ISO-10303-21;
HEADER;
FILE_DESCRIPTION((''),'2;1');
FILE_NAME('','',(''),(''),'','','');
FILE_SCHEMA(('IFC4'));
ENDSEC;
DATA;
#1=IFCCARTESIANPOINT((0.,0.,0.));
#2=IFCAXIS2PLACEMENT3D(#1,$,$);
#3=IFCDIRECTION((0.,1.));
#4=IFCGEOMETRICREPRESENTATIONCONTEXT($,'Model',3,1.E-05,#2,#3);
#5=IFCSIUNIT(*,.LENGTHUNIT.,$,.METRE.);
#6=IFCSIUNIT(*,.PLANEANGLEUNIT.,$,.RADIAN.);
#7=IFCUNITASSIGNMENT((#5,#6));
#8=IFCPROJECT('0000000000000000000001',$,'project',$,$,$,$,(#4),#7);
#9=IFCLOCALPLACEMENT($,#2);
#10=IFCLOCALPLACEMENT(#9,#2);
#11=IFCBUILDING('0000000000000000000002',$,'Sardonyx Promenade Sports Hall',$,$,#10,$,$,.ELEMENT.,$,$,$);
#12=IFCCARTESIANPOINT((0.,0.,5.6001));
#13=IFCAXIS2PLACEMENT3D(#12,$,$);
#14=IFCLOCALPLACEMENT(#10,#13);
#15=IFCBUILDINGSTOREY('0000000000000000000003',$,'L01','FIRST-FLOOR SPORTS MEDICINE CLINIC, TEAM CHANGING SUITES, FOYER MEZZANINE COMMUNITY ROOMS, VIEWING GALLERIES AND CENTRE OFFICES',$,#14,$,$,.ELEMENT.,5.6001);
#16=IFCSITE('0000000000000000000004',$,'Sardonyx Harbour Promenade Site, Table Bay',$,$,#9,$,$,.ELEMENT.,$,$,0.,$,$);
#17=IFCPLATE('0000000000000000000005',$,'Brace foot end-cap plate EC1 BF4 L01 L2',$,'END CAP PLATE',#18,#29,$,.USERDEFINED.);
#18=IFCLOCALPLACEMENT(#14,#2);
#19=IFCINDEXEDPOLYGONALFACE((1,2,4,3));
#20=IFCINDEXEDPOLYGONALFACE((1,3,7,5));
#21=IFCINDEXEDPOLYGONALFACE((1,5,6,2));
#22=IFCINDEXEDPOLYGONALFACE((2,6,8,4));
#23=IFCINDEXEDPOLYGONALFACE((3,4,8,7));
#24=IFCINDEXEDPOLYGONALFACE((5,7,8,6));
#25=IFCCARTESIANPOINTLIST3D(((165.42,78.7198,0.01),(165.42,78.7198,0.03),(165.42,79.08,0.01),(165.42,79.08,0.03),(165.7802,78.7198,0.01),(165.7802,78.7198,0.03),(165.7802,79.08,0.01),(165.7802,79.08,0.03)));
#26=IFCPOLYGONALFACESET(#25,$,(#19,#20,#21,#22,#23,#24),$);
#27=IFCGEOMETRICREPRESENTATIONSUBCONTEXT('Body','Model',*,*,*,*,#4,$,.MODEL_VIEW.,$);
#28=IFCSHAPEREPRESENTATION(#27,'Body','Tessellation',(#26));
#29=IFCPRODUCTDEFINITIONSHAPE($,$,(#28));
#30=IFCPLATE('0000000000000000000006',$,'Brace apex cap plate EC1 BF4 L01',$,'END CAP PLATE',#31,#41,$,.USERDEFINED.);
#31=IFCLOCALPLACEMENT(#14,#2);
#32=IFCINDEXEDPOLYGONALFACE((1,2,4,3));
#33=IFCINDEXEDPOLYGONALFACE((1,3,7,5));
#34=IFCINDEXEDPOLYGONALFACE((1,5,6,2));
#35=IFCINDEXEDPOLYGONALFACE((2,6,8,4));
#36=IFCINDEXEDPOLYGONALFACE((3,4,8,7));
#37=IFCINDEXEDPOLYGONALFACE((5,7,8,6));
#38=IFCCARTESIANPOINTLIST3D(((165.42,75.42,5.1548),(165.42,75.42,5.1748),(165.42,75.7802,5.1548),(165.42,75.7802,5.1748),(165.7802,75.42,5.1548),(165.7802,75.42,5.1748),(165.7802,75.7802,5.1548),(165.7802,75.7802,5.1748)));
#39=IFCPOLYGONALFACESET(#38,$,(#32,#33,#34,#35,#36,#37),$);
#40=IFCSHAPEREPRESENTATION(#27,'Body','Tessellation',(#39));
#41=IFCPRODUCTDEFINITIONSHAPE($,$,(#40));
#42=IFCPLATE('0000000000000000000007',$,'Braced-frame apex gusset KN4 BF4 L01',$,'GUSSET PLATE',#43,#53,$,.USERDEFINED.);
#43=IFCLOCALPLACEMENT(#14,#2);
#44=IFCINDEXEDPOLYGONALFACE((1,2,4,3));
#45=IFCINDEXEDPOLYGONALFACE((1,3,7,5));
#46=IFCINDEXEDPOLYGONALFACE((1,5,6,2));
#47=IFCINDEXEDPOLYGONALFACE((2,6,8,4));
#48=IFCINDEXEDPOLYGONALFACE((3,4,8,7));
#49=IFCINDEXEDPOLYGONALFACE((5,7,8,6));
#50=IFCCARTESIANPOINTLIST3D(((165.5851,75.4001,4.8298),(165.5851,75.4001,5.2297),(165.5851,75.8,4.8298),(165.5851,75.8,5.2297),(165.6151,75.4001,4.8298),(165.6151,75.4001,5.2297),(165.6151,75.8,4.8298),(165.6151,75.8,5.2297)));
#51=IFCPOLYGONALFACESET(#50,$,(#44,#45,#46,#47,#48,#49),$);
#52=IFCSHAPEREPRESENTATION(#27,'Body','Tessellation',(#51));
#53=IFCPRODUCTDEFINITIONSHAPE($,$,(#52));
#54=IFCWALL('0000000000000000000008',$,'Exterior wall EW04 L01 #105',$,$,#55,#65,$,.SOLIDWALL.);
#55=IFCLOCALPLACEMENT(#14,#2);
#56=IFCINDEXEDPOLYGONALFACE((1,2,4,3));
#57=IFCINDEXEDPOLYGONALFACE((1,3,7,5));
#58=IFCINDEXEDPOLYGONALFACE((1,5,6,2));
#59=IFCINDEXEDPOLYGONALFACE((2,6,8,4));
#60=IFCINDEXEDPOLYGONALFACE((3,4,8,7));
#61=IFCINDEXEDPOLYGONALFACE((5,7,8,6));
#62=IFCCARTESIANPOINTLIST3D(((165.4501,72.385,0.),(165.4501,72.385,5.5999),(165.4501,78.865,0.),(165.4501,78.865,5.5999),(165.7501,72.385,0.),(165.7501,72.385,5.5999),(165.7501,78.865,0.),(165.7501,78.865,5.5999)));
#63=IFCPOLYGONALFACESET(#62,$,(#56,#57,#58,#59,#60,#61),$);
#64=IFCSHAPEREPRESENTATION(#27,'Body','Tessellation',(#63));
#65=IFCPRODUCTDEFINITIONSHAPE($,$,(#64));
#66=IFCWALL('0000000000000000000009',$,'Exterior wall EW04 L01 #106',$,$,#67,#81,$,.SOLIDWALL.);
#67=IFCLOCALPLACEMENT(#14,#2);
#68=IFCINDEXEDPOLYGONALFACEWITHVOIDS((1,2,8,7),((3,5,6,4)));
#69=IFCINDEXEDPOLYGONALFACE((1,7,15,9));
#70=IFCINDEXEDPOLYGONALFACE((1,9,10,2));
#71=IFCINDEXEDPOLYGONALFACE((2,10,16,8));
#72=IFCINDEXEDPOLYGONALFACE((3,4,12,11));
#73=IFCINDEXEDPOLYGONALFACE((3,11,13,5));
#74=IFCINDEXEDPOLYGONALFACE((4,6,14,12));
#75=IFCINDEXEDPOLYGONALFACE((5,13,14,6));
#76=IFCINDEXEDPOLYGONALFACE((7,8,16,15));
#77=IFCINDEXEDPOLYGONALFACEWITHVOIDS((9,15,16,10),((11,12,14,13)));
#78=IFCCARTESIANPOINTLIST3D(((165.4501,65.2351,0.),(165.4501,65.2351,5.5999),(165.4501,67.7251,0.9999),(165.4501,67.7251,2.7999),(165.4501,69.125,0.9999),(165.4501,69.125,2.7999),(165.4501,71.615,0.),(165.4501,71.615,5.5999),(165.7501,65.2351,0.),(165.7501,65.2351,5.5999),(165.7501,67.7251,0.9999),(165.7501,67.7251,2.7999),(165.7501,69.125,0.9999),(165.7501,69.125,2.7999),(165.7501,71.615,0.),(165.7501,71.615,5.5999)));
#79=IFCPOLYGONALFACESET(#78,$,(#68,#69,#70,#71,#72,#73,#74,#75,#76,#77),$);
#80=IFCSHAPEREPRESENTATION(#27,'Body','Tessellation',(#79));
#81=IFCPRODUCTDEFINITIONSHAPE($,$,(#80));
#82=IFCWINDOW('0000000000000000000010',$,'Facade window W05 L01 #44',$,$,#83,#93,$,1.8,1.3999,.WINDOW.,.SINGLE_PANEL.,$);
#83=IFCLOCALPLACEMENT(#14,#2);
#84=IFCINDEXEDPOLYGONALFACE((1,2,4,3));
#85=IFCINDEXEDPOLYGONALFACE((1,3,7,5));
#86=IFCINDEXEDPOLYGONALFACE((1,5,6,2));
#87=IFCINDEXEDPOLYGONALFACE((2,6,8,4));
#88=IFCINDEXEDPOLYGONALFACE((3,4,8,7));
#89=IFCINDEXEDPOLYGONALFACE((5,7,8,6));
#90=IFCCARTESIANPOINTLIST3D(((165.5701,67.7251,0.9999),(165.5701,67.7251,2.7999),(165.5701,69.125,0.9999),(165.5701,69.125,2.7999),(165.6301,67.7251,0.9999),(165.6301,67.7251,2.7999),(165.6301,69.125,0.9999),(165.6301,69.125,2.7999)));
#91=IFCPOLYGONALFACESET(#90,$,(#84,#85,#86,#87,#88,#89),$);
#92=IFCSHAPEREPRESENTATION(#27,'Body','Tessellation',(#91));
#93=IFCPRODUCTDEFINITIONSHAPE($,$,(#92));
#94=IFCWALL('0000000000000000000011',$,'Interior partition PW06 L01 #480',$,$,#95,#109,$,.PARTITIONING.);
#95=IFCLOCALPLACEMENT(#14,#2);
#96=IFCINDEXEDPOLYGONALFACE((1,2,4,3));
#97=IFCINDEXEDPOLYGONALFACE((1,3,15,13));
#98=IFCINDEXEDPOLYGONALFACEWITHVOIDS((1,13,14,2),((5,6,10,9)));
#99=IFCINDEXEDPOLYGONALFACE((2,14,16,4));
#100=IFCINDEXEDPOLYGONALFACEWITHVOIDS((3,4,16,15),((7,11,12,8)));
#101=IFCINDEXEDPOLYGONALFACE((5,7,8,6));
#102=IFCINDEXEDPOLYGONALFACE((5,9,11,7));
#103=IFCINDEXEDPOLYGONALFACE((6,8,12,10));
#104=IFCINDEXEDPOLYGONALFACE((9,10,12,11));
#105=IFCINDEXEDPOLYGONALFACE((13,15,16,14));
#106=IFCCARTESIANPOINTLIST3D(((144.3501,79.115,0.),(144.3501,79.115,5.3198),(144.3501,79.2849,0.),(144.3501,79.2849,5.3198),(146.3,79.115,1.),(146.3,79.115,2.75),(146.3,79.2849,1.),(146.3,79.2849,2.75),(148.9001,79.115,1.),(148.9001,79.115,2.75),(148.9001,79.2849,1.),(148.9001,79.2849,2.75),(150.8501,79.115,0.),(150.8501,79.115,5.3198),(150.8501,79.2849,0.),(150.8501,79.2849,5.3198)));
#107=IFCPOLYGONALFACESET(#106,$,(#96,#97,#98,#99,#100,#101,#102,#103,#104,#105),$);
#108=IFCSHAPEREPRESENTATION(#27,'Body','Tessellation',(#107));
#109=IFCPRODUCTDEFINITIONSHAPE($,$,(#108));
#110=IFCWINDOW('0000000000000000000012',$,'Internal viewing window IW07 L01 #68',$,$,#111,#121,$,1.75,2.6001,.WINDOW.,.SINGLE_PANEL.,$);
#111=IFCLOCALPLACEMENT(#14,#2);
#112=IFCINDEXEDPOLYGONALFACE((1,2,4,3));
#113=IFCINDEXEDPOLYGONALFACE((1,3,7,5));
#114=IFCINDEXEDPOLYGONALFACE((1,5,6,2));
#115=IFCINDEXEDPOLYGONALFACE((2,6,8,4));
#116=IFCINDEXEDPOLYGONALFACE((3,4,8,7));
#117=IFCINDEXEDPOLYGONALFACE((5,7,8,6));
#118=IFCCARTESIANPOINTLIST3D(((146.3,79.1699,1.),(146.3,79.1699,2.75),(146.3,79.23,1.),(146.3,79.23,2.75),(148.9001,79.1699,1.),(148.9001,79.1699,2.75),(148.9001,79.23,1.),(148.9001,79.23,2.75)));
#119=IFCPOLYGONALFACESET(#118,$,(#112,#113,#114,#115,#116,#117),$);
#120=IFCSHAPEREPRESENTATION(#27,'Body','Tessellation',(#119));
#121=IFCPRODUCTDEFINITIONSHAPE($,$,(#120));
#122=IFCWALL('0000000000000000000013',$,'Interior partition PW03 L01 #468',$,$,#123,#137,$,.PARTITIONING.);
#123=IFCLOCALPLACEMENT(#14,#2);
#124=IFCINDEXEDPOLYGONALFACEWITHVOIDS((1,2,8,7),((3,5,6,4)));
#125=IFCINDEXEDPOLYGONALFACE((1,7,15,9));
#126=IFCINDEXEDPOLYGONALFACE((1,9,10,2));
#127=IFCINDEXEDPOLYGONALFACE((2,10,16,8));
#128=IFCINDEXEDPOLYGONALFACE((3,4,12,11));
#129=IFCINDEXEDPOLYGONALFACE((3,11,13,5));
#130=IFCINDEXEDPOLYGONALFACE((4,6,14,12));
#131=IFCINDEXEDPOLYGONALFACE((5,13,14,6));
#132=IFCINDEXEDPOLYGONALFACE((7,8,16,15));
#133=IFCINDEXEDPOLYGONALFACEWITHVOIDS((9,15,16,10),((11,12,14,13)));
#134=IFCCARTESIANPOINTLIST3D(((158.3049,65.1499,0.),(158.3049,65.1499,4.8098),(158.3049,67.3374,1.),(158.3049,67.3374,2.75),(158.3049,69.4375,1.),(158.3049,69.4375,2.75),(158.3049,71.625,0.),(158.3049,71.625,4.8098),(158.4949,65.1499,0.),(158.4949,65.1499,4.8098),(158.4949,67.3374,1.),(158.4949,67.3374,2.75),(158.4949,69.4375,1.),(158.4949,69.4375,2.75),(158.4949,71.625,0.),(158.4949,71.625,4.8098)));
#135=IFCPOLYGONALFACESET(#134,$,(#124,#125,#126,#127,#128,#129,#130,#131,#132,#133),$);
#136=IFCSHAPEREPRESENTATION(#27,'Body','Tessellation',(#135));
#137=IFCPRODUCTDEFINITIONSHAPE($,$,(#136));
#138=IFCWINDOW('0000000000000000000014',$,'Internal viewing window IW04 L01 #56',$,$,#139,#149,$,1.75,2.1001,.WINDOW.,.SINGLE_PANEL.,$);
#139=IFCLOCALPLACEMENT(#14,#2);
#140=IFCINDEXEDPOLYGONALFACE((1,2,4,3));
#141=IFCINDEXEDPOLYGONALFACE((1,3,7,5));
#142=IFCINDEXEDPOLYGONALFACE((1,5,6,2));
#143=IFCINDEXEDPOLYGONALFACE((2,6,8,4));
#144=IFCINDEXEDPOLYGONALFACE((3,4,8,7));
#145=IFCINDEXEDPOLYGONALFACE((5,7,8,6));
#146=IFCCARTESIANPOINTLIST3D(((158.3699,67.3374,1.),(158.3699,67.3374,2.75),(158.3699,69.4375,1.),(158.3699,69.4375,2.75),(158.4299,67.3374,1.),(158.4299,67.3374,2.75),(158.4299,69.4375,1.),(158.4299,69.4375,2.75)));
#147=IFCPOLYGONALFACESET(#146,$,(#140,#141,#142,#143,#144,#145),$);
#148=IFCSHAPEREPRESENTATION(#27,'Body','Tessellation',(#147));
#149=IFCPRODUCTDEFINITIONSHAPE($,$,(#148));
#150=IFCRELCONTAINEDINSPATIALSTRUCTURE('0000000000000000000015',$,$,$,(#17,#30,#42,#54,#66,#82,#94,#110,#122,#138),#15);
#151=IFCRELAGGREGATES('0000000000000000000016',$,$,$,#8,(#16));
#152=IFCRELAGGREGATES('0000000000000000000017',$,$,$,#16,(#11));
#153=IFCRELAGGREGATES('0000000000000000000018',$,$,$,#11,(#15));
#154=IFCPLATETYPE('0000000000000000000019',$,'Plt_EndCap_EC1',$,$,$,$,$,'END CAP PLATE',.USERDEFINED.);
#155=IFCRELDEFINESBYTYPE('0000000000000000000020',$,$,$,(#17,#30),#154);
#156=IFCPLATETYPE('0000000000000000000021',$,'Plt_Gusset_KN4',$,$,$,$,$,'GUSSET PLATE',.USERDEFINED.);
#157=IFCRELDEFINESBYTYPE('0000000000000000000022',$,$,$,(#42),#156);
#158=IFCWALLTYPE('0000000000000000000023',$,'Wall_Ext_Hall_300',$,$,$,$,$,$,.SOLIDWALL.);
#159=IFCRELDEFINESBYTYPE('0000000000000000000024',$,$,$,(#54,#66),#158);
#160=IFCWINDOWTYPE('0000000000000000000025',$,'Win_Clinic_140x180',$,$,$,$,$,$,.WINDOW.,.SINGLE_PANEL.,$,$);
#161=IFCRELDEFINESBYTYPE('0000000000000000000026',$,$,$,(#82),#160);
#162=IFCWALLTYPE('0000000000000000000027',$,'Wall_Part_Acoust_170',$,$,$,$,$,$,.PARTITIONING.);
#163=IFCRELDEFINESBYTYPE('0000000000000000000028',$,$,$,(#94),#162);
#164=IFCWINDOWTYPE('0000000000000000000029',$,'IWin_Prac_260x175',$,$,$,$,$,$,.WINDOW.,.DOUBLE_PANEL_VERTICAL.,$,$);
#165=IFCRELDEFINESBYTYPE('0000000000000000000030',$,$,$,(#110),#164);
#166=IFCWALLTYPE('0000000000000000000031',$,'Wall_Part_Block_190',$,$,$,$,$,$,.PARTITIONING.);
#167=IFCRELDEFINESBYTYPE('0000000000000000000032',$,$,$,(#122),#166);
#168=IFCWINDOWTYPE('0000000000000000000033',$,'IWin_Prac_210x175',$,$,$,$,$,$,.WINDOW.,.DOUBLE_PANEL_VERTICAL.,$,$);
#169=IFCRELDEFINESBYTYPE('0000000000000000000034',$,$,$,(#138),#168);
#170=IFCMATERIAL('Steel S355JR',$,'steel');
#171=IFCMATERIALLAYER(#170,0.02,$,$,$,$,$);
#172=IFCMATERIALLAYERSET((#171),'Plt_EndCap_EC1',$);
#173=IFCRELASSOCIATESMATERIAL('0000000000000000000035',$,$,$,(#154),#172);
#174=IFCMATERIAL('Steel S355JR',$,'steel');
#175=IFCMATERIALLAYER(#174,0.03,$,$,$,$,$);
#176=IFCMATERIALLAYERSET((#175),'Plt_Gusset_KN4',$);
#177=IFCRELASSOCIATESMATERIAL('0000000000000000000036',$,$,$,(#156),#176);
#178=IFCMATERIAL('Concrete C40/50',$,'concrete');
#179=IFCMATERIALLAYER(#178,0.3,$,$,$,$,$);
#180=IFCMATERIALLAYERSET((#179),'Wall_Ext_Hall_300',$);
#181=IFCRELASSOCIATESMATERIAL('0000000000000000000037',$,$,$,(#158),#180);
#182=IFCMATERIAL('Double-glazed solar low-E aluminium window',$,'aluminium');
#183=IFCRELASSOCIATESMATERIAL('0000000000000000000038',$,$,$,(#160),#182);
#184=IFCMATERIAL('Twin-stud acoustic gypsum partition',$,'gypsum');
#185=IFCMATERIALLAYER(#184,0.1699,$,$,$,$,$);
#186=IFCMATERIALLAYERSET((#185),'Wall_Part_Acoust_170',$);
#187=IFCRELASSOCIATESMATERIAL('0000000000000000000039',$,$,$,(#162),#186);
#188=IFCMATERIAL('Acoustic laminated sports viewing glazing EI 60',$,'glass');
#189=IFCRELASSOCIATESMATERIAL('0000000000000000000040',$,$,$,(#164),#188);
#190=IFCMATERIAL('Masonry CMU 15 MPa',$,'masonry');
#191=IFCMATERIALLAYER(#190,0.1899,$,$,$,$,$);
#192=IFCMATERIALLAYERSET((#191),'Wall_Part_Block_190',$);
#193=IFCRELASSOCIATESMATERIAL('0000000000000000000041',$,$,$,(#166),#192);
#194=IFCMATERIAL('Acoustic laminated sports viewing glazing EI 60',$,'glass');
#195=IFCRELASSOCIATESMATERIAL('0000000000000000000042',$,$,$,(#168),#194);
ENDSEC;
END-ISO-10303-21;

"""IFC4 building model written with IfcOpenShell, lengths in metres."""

from ifc_helpers import new_model, si_unit, direction, frame, frame_2d, origin, origin_2d, place, context, subcontext, project, spatial, rectangle, extrude, material, layer, layer_set, type_object, element, fill, save


model = new_model("IFC4")

# Units and contexts
model_context = context("Model", 3, precision=1e-05, world=origin(), true_north=direction((0.0, 1.0)))
body_context = subcontext(model_context, "Body", "Model", "MODEL_VIEW")
ifc_project = project(units=[si_unit("LENGTHUNIT", "METRE"), si_unit("PLANEANGLEUNIT", "RADIAN")], contexts=[model_context])

# Site, building, storey
site_placement = place(None, origin())
site = spatial("IfcSite", under=ifc_project, at=site_placement, Name="Sardonyx Harbour Promenade Site, Table Bay", CompositionType="ELEMENT", RefElevation=0.0)
building_placement = place(site_placement, origin())
building = spatial("IfcBuilding", under=site, at=building_placement, Name="Sardonyx Promenade Sports Hall", CompositionType="ELEMENT")
storey_placement = place(building_placement, frame((0.0, 0.0, 5.6001)))
storey = spatial("IfcBuildingStorey", under=building, at=storey_placement, Name="L01", Description="FIRST-FLOOR SPORTS MEDICINE CLINIC, TEAM CHANGING SUITES, FOYER MEZZANINE COMMUNITY ROOMS, VIEWING GALLERIES AND CENTRE OFFICES", CompositionType="ELEMENT", Elevation=5.6001)

# Plates
ifc_material_1 = material(Name="Steel S355JR", Category="steel")
ifc_layer_1 = layer(ifc_material_1, 0.02)
ifc_layer_set_1 = layer_set([ifc_layer_1], Name="Plt_EndCap_EC1")
plate_type_1 = type_object("IfcPlateType", Name="Plt_EndCap_EC1", ElementType="END CAP PLATE", PredefinedType="USERDEFINED", material=ifc_layer_set_1)
for number, where, z_axis, x_axis, name in (
    (1, (165.6001, 78.8999, 0.01), (0.0, 0.0, 1.0), (1.0, 0.0, 0.0), "Brace foot end-cap plate EC1 BF4 L01 L2"),
    (2, (165.6001, 75.6001, 5.1548), (0.0, 0.0, 1.0), (1.0, 0.0, 0.0), "Brace apex cap plate EC1 BF4 L01"),
):
    element("IfcPlate", number, at=place(storey_placement, frame(where, z_axis=z_axis, x_axis=x_axis)), inside=storey, type_object=plate_type_1, Name=name, ObjectType="END CAP PLATE", PredefinedType="USERDEFINED", context=body_context, shape_type="SweptSolid", body=[
        extrude(rectangle(XDim=0.3601, YDim=0.3601, at=origin_2d()), origin(), (0.0, 0.0, 1.0), 0.02),
    ])
ifc_material_2 = material(Name="Steel S355JR", Category="steel")
ifc_layer_2 = layer(ifc_material_2, 0.03)
ifc_layer_set_2 = layer_set([ifc_layer_2], Name="Plt_Gusset_KN4")
plate_type_2 = type_object("IfcPlateType", Name="Plt_Gusset_KN4", ElementType="GUSSET PLATE", PredefinedType="USERDEFINED", material=ifc_layer_set_2)
plate_placement = place(storey_placement, frame((165.6001, 75.6001, 4.8298), z_axis=(0.0, 0.0, 1.0), x_axis=(0.0, 1.0, 0.0)))
element("IfcPlate", 3, at=plate_placement, inside=storey, type_object=plate_type_2, Name="Braced-frame apex gusset KN4 BF4 L01", ObjectType="GUSSET PLATE", PredefinedType="USERDEFINED", context=body_context, shape_type="SweptSolid", body=[
    extrude(rectangle(XDim=0.3999, YDim=0.03, at=origin_2d()), origin(), (0.0, 0.0, 1.0), 0.3999),
])

# Wall
ifc_material_3 = material(Name="Concrete C40/50", Category="concrete")
ifc_layer_3 = layer(ifc_material_3, 0.3)
ifc_layer_set_3 = layer_set([ifc_layer_3], Name="Wall_Ext_Hall_300")
wall_type_1 = type_object("IfcWallType", Name="Wall_Ext_Hall_300", PredefinedType="SOLIDWALL", material=ifc_layer_set_3)
wall_1_placement = place(storey_placement, frame((165.6001, 78.865, 0.0), z_axis=(0.0, 0.0, 1.0), x_axis=(0.0, -1.0, 0.0)))
element("IfcWall", 4, at=wall_1_placement, inside=storey, type_object=wall_type_1, Name="Exterior wall EW04 L01 #105", PredefinedType="SOLIDWALL", context=body_context, shape_type="SweptSolid", body=[
    extrude(rectangle(XDim=6.48, YDim=0.3, at=frame_2d((3.24, 0.0))), origin(), (0.0, 0.0, 1.0), 5.5999),
])

# Walls, openings, windows
wall_2_placement = place(storey_placement, frame((165.6001, 71.615, 0.0), z_axis=(0.0, 0.0, 1.0), x_axis=(0.0, -1.0, 0.0)))
wall_2 = element("IfcWall", 5, at=wall_2_placement, inside=storey, type_object=wall_type_1, Name="Exterior wall EW04 L01 #106", PredefinedType="SOLIDWALL", context=body_context, shape_type="SweptSolid", body=[
    extrude(rectangle(XDim=6.3799, YDim=0.3, at=frame_2d((3.1899, 0.0))), origin(), (0.0, 0.0, 1.0), 5.5999),
])
opening_1_placement = place(wall_2_placement, frame((2.49, 0.0, 1.0)))
opening_1 = element("IfcOpeningElement", 6, at=opening_1_placement, cuts=wall_2, PredefinedType="OPENING", context=body_context, shape_type="SweptSolid", body=[
    extrude(rectangle(XDim=1.3999, YDim=1.8, at=frame_2d((0.7, 0.8999))), frame((0.0, 0.16, 0.0), z_axis=(0.0, -1.0, 0.0), x_axis=(1.0, 0.0, 0.0)), (0.0, 0.0, 1.0), 0.32),
])
ifc_material_4 = material(Name="Double-glazed solar low-E aluminium window", Category="aluminium")
window_type_1 = type_object("IfcWindowType", Name="Win_Clinic_140x180", PartitioningType="SINGLE_PANEL", PredefinedType="WINDOW", material=ifc_material_4)
window_1_placement = place(opening_1_placement, origin())
window_1 = element("IfcWindow", 7, at=window_1_placement, inside=storey, type_object=window_type_1, Name="Facade window W05 L01 #44", OverallHeight=1.8, OverallWidth=1.3999, PartitioningType="SINGLE_PANEL", PredefinedType="WINDOW", context=body_context, shape_type="SweptSolid", body=[
    extrude(rectangle(XDim=1.3999, YDim=1.8, at=frame_2d((0.7, 0.8999))), frame((0.0, 0.03, 0.0), z_axis=(0.0, -1.0, 0.0), x_axis=(1.0, 0.0, 0.0)), (0.0, 0.0, 1.0), 0.0601),
])
fill(opening_1, window_1)
ifc_material_5 = material(Name="Twin-stud acoustic gypsum partition", Category="gypsum")
ifc_layer_4 = layer(ifc_material_5, 0.1699)
ifc_layer_set_4 = layer_set([ifc_layer_4], Name="Wall_Part_Acoust_170")
wall_type_2 = type_object("IfcWallType", Name="Wall_Part_Acoust_170", PredefinedType="PARTITIONING", material=ifc_layer_set_4)
wall_3_placement = place(storey_placement, frame((144.3501, 79.2, 0.0), z_axis=(0.0, 0.0, 1.0), x_axis=(1.0, 0.0, 0.0)))
wall_3 = element("IfcWall", 8, at=wall_3_placement, inside=storey, type_object=wall_type_2, Name="Interior partition PW06 L01 #480", PredefinedType="PARTITIONING", context=body_context, shape_type="SweptSolid", body=[
    extrude(rectangle(XDim=6.5, YDim=0.1699, at=frame_2d((3.25, 0.0))), origin(), (0.0, 0.0, 1.0), 5.3198),
])
opening_2_placement = place(wall_3_placement, frame((1.95, 0.0, 1.0)))
opening_2 = element("IfcOpeningElement", 9, at=opening_2_placement, cuts=wall_3, PredefinedType="OPENING", context=body_context, shape_type="SweptSolid", body=[
    extrude(rectangle(XDim=2.6001, YDim=1.75, at=frame_2d((1.3, 0.875))), frame((0.0, 0.095, 0.0), z_axis=(0.0, -1.0, 0.0), x_axis=(1.0, 0.0, 0.0)), (0.0, 0.0, 1.0), 0.19),
])
ifc_material_6 = material(Name="Acoustic laminated sports viewing glazing EI 60", Category="glass")
window_type_2 = type_object("IfcWindowType", Name="IWin_Prac_260x175", PartitioningType="DOUBLE_PANEL_VERTICAL", PredefinedType="WINDOW", material=ifc_material_6)
window_2_placement = place(opening_2_placement, origin())
window_2 = element("IfcWindow", 10, at=window_2_placement, inside=storey, type_object=window_type_2, Name="Internal viewing window IW07 L01 #68", OverallHeight=1.75, OverallWidth=2.6001, PartitioningType="SINGLE_PANEL", PredefinedType="WINDOW", context=body_context, shape_type="SweptSolid", body=[
    extrude(rectangle(XDim=2.6001, YDim=1.75, at=frame_2d((1.3, 0.875))), frame((0.0, 0.03, 0.0), z_axis=(0.0, -1.0, 0.0), x_axis=(1.0, 0.0, 0.0)), (0.0, 0.0, 1.0), 0.0601),
])
fill(opening_2, window_2)
ifc_material_7 = material(Name="Masonry CMU 15 MPa", Category="masonry")
ifc_layer_5 = layer(ifc_material_7, 0.1899)
ifc_layer_set_5 = layer_set([ifc_layer_5], Name="Wall_Part_Block_190")
wall_type_3 = type_object("IfcWallType", Name="Wall_Part_Block_190", PredefinedType="PARTITIONING", material=ifc_layer_set_5)
wall_4_placement = place(storey_placement, frame((158.3999, 65.1499, 0.0), z_axis=(0.0, 0.0, 1.0), x_axis=(0.0, 1.0, 0.0)))
wall_4 = element("IfcWall", 11, at=wall_4_placement, inside=storey, type_object=wall_type_3, Name="Interior partition PW03 L01 #468", PredefinedType="PARTITIONING", context=body_context, shape_type="SweptSolid", body=[
    extrude(rectangle(XDim=6.4751, YDim=0.1899, at=frame_2d((3.2375, 0.0))), origin(), (0.0, 0.0, 1.0), 4.8098),
])
opening_3_placement = place(wall_4_placement, frame((2.1875, 0.0, 1.0)))
opening_3 = element("IfcOpeningElement", 12, at=opening_3_placement, cuts=wall_4, PredefinedType="OPENING", context=body_context, shape_type="SweptSolid", body=[
    extrude(rectangle(XDim=2.1001, YDim=1.75, at=frame_2d((1.05, 0.875))), frame((0.0, 0.105, 0.0), z_axis=(0.0, -1.0, 0.0), x_axis=(1.0, 0.0, 0.0)), (0.0, 0.0, 1.0), 0.21),
])
ifc_material_8 = material(Name="Acoustic laminated sports viewing glazing EI 60", Category="glass")
window_type_3 = type_object("IfcWindowType", Name="IWin_Prac_210x175", PartitioningType="DOUBLE_PANEL_VERTICAL", PredefinedType="WINDOW", material=ifc_material_8)
window_3_placement = place(opening_3_placement, origin())
window_3 = element("IfcWindow", 13, at=window_3_placement, inside=storey, type_object=window_type_3, Name="Internal viewing window IW04 L01 #56", OverallHeight=1.75, OverallWidth=2.1001, PartitioningType="SINGLE_PANEL", PredefinedType="WINDOW", context=body_context, shape_type="SweptSolid", body=[
    extrude(rectangle(XDim=2.1001, YDim=1.75, at=frame_2d((1.05, 0.875))), frame((0.0, 0.03, 0.0), z_axis=(0.0, -1.0, 0.0), x_axis=(1.0, 0.0, 0.0)), (0.0, 0.0, 1.0), 0.0601),
])
fill(opening_3, window_3)

save(model, "model.ifc")
